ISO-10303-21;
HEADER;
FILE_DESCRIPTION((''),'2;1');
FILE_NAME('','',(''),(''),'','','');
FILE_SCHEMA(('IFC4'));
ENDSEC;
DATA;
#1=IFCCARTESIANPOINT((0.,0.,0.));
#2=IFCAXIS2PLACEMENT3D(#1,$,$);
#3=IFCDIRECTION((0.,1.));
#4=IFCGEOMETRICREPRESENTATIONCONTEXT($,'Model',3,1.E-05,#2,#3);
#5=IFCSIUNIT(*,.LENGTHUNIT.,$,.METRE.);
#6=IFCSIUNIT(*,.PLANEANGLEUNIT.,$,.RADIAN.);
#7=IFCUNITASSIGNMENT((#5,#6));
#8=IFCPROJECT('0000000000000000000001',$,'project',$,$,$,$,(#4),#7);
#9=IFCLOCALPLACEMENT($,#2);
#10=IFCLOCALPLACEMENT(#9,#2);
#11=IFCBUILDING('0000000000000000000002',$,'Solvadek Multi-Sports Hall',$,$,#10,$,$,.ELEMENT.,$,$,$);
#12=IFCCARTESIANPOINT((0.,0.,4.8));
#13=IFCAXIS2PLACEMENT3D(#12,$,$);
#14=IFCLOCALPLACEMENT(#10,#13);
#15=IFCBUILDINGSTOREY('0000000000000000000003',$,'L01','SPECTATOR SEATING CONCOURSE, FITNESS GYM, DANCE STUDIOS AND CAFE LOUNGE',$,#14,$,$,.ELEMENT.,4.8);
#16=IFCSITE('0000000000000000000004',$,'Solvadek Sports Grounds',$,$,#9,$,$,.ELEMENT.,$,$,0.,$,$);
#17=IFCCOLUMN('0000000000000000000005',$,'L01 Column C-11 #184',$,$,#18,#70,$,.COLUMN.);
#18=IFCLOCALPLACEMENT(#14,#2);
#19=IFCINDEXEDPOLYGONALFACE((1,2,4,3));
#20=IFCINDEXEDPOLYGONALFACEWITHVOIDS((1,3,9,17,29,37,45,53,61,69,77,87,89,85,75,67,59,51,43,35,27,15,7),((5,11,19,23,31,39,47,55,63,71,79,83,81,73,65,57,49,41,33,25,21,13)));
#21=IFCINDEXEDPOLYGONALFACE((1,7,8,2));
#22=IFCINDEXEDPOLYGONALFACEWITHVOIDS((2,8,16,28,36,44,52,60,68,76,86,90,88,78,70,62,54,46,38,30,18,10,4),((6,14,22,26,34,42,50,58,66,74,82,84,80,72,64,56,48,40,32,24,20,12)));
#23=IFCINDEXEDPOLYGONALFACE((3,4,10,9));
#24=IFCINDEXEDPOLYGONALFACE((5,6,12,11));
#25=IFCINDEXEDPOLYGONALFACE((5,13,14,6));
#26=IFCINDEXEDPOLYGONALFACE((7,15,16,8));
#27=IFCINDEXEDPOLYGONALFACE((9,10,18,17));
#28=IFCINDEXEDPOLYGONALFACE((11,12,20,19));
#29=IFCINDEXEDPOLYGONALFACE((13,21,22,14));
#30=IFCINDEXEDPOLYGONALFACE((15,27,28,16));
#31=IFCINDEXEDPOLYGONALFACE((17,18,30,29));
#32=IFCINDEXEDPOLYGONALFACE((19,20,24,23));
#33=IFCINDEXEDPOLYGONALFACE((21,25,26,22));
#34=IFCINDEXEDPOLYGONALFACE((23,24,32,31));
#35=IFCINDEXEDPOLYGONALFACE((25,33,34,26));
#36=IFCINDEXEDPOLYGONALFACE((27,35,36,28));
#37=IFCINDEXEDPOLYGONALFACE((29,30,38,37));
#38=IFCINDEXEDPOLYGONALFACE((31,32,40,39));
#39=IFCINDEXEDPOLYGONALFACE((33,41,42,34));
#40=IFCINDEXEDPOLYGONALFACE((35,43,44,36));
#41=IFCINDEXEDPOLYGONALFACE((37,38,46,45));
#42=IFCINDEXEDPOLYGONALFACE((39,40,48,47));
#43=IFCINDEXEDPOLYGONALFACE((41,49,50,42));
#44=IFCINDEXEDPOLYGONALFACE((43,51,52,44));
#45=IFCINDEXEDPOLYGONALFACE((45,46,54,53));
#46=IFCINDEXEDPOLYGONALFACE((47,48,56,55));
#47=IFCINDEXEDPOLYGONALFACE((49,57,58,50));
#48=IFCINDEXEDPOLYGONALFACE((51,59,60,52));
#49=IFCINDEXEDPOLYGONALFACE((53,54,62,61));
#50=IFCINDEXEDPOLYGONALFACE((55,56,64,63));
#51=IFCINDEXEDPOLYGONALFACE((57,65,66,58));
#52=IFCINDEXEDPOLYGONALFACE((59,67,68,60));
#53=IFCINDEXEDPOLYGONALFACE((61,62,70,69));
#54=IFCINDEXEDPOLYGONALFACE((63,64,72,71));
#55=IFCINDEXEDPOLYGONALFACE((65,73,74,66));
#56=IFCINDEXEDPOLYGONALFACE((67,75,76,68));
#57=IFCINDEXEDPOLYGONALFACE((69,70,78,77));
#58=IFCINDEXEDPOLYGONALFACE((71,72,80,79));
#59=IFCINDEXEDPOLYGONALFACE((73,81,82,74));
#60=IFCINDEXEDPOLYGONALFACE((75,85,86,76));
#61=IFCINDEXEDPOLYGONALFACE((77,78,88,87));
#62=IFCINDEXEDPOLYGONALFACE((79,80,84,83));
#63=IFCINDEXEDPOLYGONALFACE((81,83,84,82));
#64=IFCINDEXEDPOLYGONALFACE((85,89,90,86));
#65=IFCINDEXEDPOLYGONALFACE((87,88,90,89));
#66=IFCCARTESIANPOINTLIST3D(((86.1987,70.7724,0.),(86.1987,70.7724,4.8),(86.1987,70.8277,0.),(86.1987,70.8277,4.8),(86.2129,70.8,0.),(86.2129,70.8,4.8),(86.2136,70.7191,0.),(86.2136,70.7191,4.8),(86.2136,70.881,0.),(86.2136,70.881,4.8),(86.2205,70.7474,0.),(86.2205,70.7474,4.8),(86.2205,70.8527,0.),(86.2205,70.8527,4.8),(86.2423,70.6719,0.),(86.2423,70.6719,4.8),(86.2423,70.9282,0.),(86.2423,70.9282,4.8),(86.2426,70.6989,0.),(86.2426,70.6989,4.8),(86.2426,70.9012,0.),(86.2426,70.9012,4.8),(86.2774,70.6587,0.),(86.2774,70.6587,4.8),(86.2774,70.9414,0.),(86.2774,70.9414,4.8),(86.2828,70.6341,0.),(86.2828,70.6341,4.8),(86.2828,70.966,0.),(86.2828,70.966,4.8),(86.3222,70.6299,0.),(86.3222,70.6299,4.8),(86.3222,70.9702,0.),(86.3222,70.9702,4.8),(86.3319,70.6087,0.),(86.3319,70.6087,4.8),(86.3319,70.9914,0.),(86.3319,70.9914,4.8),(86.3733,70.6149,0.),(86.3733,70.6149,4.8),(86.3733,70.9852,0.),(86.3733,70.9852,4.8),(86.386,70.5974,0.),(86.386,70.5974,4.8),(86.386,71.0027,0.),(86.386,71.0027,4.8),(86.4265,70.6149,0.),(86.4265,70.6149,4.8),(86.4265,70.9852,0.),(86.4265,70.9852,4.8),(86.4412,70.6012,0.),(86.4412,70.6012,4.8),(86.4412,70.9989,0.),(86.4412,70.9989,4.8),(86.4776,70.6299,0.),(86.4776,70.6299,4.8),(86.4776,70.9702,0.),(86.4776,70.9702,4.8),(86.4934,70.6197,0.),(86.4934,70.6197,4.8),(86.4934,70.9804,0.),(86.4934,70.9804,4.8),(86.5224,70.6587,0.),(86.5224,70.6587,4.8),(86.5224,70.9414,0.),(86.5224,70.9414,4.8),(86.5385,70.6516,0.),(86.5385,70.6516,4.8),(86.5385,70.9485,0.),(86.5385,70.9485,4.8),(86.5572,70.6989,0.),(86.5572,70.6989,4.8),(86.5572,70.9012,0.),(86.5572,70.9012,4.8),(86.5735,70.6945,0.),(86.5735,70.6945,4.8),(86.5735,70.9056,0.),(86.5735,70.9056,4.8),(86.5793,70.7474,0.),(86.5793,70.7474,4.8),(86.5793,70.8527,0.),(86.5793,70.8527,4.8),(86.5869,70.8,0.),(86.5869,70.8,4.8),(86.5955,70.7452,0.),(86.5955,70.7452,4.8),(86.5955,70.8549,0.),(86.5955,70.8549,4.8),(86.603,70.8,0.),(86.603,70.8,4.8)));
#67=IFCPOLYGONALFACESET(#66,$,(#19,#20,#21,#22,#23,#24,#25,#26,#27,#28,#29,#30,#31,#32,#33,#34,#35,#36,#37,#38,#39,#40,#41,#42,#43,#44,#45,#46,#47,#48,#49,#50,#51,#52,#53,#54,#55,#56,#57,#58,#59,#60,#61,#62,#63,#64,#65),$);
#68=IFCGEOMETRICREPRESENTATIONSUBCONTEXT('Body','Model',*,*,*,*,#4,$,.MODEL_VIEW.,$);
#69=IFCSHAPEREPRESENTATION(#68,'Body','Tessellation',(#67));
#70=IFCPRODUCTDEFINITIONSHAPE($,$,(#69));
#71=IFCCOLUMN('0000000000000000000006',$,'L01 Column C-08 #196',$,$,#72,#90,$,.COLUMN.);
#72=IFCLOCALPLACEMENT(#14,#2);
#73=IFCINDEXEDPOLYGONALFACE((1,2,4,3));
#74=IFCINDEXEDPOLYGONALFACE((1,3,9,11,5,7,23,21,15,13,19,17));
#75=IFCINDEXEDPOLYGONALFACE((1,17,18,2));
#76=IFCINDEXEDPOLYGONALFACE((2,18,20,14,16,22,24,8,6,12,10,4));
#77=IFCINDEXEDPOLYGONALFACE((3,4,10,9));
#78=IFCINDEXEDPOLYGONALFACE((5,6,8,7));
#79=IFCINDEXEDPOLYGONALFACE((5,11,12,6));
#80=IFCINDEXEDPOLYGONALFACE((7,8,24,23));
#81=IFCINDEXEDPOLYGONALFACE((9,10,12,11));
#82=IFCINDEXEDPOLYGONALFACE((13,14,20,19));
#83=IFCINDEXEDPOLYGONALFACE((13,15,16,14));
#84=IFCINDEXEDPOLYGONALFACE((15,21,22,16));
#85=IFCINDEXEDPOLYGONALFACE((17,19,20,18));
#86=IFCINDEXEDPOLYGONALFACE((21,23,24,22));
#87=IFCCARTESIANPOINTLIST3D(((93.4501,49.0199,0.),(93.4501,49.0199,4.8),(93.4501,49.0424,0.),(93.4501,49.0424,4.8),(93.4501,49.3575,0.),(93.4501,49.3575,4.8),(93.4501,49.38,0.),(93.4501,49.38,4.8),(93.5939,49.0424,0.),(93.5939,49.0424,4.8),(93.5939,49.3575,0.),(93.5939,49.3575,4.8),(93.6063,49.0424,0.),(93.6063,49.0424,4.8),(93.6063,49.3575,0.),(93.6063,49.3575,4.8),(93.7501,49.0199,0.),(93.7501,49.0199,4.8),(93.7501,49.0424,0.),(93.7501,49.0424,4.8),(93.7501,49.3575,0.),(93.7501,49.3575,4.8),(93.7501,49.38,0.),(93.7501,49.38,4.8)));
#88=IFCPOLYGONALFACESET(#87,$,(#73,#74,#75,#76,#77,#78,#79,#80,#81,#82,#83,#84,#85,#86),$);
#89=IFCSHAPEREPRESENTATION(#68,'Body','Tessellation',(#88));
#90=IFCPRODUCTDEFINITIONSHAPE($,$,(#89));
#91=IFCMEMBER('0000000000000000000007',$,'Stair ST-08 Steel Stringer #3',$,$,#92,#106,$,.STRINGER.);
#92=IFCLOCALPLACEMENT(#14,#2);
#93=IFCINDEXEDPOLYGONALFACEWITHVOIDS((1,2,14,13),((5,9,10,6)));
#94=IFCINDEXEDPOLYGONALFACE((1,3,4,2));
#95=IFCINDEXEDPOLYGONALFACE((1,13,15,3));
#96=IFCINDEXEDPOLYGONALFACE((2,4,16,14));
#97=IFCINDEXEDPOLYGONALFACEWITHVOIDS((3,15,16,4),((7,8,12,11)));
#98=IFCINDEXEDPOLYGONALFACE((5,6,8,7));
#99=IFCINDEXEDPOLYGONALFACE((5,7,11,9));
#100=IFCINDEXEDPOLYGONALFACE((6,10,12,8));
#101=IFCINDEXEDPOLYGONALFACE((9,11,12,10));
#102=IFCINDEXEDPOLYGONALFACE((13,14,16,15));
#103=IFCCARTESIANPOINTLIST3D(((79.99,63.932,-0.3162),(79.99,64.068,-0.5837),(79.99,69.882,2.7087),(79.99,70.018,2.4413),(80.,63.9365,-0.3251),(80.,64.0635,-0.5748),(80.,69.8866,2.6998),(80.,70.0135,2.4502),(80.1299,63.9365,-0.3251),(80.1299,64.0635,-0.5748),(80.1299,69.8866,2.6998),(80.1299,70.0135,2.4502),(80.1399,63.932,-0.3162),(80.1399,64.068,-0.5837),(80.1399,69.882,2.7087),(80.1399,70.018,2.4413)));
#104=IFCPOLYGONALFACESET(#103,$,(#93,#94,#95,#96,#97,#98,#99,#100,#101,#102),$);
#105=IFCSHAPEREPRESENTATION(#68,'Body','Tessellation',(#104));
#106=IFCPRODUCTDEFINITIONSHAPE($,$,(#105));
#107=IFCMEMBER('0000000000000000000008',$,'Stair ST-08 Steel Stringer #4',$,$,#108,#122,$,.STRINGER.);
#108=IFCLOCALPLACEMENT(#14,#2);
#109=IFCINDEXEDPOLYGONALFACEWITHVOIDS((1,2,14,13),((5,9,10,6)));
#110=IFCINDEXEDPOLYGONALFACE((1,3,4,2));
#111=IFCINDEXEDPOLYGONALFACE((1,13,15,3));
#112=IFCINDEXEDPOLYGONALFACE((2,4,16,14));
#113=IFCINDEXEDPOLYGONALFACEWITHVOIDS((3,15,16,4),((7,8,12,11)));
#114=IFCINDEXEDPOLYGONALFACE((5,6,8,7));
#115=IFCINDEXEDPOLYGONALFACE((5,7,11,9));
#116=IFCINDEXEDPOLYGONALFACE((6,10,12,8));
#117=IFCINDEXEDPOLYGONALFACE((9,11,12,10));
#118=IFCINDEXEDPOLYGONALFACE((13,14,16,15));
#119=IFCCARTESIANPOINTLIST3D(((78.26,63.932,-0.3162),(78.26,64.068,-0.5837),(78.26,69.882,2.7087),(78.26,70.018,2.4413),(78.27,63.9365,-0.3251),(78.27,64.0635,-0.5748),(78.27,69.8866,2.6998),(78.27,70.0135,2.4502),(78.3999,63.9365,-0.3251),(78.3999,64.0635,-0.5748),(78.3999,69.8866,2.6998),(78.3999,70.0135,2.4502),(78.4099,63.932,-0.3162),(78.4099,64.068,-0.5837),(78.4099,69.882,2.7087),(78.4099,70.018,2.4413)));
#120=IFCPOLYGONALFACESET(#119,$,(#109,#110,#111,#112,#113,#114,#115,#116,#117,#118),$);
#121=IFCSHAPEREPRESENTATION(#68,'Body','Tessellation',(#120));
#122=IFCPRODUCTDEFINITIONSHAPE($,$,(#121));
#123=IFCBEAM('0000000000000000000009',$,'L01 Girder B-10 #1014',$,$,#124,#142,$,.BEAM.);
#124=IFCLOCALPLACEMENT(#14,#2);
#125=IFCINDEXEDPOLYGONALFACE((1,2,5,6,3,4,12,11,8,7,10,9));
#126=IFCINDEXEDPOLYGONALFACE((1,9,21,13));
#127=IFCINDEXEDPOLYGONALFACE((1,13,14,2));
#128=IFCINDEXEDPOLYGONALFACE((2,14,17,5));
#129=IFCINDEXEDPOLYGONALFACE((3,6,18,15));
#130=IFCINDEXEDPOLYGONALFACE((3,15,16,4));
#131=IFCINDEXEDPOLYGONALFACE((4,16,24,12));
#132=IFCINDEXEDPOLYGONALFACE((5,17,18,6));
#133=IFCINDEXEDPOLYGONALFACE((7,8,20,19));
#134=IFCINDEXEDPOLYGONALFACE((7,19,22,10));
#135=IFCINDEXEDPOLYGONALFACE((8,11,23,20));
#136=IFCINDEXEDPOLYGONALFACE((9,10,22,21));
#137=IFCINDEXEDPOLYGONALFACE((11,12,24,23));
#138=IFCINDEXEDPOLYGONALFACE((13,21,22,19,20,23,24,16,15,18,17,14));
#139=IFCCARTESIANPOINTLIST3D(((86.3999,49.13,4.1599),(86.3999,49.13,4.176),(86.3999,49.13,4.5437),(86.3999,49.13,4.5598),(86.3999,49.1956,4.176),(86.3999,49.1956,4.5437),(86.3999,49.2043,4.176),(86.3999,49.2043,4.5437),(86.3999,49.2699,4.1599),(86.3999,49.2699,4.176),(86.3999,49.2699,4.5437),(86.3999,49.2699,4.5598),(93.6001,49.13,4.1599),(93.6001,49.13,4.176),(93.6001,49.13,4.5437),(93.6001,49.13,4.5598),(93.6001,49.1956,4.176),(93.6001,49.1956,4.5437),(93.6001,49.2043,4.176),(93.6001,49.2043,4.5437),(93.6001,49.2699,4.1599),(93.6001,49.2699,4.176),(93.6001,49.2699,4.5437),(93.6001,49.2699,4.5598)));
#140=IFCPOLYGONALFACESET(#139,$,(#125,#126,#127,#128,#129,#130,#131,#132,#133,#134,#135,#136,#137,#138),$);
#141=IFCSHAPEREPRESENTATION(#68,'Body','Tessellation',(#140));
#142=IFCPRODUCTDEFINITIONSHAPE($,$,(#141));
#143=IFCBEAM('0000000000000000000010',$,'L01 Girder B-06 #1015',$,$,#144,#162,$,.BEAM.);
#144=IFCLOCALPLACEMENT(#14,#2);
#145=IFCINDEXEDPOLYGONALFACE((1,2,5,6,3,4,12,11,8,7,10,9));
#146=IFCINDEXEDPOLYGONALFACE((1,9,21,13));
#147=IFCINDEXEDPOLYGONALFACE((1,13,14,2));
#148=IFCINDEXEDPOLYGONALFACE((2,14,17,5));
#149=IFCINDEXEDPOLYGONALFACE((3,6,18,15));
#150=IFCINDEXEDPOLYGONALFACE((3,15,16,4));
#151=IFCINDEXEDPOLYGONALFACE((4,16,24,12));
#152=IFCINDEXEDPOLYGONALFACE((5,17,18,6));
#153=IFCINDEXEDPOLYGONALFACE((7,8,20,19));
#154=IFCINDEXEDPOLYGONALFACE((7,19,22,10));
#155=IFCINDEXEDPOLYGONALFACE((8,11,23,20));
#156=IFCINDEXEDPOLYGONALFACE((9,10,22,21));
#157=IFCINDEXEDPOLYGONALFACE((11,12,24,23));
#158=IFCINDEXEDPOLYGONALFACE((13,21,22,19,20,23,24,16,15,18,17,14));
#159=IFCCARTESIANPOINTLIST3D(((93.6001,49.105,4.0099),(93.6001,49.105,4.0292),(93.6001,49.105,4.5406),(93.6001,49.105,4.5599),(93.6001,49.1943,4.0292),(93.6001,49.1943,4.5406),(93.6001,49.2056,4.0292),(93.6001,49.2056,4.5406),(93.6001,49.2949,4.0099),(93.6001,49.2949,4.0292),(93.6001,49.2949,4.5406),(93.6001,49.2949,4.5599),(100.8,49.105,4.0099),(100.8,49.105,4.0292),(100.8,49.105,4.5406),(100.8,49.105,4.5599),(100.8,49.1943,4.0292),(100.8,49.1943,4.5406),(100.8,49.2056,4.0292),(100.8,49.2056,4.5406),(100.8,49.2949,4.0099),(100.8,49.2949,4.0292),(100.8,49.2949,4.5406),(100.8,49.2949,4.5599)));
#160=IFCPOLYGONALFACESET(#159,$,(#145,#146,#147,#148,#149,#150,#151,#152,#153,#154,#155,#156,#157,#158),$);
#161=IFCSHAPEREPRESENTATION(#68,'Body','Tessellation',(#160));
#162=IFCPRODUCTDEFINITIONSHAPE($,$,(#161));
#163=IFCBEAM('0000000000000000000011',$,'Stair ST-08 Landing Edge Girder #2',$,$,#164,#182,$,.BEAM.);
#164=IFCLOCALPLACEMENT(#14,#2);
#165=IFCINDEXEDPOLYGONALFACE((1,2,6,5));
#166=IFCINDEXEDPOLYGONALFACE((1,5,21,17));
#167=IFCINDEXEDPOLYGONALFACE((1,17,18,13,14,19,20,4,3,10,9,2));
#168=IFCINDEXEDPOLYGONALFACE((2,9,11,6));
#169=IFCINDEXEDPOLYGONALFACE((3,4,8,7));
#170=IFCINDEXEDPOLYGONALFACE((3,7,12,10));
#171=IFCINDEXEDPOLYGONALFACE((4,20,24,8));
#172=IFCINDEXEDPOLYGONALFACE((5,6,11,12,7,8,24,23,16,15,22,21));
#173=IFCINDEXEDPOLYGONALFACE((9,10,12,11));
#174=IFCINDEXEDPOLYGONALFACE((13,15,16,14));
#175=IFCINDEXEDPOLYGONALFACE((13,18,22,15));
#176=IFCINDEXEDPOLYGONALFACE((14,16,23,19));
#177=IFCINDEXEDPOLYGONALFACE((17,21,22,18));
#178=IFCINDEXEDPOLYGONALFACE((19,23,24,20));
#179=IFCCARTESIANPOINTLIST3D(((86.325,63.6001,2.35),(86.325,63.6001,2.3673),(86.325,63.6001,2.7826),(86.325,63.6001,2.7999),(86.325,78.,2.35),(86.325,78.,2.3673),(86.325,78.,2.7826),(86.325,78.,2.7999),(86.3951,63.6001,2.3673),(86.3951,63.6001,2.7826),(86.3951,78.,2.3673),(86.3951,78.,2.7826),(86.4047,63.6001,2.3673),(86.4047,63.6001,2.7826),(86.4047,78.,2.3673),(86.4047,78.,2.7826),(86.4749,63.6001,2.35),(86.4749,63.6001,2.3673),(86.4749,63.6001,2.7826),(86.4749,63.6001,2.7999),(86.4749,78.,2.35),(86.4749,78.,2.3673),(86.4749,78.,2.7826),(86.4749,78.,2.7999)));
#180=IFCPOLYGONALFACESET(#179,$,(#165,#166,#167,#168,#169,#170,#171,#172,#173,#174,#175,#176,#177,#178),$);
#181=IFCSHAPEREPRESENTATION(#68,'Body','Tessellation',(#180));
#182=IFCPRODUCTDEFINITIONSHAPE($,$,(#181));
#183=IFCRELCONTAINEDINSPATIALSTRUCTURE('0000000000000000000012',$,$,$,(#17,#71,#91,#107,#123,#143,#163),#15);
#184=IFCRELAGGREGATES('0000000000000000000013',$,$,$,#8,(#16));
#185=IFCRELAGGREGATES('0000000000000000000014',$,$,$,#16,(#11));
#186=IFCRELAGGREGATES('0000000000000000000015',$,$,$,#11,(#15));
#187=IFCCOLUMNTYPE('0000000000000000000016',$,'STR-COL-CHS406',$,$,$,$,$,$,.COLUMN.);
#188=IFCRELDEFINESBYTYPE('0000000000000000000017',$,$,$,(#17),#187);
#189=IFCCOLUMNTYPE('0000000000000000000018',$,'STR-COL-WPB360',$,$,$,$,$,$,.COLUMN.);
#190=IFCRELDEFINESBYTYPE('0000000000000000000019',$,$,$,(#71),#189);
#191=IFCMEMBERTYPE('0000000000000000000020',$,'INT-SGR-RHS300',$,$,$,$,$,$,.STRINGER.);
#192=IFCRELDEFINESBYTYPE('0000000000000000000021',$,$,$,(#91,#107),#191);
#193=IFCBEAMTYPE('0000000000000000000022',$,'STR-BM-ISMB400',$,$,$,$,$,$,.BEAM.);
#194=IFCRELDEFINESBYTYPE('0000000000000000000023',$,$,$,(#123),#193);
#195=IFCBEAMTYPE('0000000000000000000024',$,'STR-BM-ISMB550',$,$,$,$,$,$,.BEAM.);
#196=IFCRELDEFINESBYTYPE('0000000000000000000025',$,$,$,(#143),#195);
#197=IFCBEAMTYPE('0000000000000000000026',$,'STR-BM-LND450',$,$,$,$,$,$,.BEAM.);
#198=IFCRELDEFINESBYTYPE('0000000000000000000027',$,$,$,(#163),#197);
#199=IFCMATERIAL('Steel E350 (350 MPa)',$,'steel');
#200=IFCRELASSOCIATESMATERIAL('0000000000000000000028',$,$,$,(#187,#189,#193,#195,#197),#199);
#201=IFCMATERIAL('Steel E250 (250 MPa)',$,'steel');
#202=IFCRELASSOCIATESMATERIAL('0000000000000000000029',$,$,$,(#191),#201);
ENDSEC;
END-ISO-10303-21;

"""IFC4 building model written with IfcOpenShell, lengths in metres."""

from ifc_helpers import new_model, si_unit, direction, frame, origin, origin_2d, place, context, subcontext, project, spatial, hollow_rectangle, hollow_circle, i_section, extrude, material, material_profile, profile_set, type_object, element, save


model = new_model("IFC4")

# Units and contexts
model_context = context("Model", 3, precision=1e-05, world=origin(), true_north=direction((0.0, 1.0)))
body_context = subcontext(model_context, "Body", "Model", "MODEL_VIEW")
ifc_project = project(units=[si_unit("LENGTHUNIT", "METRE"), si_unit("PLANEANGLEUNIT", "RADIAN")], contexts=[model_context])

# Site, building, storey
site_placement = place(None, origin())
site = spatial("IfcSite", under=ifc_project, at=site_placement, Name="Solvadek Sports Grounds", CompositionType="ELEMENT", RefElevation=0.0)
building_placement = place(site_placement, origin())
building = spatial("IfcBuilding", under=site, at=building_placement, Name="Solvadek Multi-Sports Hall", CompositionType="ELEMENT")
storey_placement = place(building_placement, frame((0.0, 0.0, 4.8)))
storey = spatial("IfcBuildingStorey", under=building, at=storey_placement, Name="L01", Description="SPECTATOR SEATING CONCOURSE, FITNESS GYM, DANCE STUDIOS AND CAFE LOUNGE", CompositionType="ELEMENT", Elevation=4.8)

# Columns
ifc_material_1 = material(Name="Steel E350 (350 MPa)", Category="steel")
ifc_material_profile_1 = material_profile(ifc_material_1, hollow_circle(Radius=0.2031, WallThickness=0.0161, at=origin_2d()), Name="CHS 406.4x16")
ifc_profile_set_1 = profile_set([ifc_material_profile_1], Name="Steel E350 (350 MPa)")
column_type_1 = type_object("IfcColumnType", Name="STR-COL-CHS406", PredefinedType="COLUMN", material=ifc_profile_set_1)
for number, where, z_axis, x_axis, name in (
    (1, (86.3999, 70.8, 0.0), (0.0, 0.0, 1.0), (1.0, 0.0, 0.0), "L01 Column C-11 #184"),
):
    element("IfcColumn", number, at=place(storey_placement, frame(where, z_axis=z_axis, x_axis=x_axis)), inside=storey, type_object=column_type_1, Name=name, PredefinedType="COLUMN", context=body_context, shape_type="SweptSolid", body=[
        extrude(hollow_circle(Radius=0.2031, WallThickness=0.0161, at=origin_2d()), origin(), (0.0, 0.0, 1.0), 4.8),
    ])
ifc_material_profile_2 = material_profile(ifc_material_1, i_section(OverallWidth=0.3, OverallDepth=0.3601, WebThickness=0.0125, FlangeThickness=0.0225, at=origin_2d()), Name="WPB 360")
ifc_profile_set_2 = profile_set([ifc_material_profile_2], Name="Steel E350 (350 MPa)")
column_type_2 = type_object("IfcColumnType", Name="STR-COL-WPB360", PredefinedType="COLUMN", material=ifc_profile_set_2)
column_placement = place(storey_placement, frame((93.6001, 49.2, 0.0), z_axis=(0.0, 0.0, 1.0), x_axis=(1.0, 0.0, 0.0)))
element("IfcColumn", 2, at=column_placement, inside=storey, type_object=column_type_2, Name="L01 Column C-08 #196", PredefinedType="COLUMN", context=body_context, shape_type="SweptSolid", body=[
    extrude(i_section(OverallWidth=0.3, OverallDepth=0.3601, WebThickness=0.0125, FlangeThickness=0.0225, at=origin_2d()), origin(), (0.0, 0.0, 1.0), 4.8),
])

# Members
ifc_material_2 = material(Name="Steel E250 (250 MPa)", Category="steel")
ifc_material_profile_3 = material_profile(ifc_material_2, hollow_rectangle(XDim=0.1499, YDim=0.3, WallThickness=0.01, at=origin_2d()), Name="RHS 300x150x10")
ifc_profile_set_3 = profile_set([ifc_material_profile_3], Name="Steel E250 (250 MPa)")
member_type = type_object("IfcMemberType", Name="INT-SGR-RHS300", PredefinedType="STRINGER", material=ifc_profile_set_3)
for number, where, z_axis, x_axis, name in (
    (3, (80.0649, 64.0, -0.45), (0.0, 0.891415, 0.453188), (-1.0, 0.0, 0.0), "Stair ST-08 Steel Stringer #3"),
    (4, (78.335, 64.0, -0.45), (0.0, 0.891415, 0.453188), (-1.0, 0.0, 0.0), "Stair ST-08 Steel Stringer #4"),
):
    element("IfcMember", number, at=place(storey_placement, frame(where, z_axis=z_axis, x_axis=x_axis)), inside=storey, type_object=member_type, Name=name, PredefinedType="STRINGER", context=body_context, shape_type="SweptSolid", body=[
        extrude(hollow_rectangle(XDim=0.1499, YDim=0.3, WallThickness=0.01, at=origin_2d()), origin(), (0.0, 0.0, 1.0), 6.6748),
    ])

# Beams
ifc_material_profile_4 = material_profile(ifc_material_1, i_section(OverallWidth=0.1399, OverallDepth=0.3999, WebThickness=0.0088, FlangeThickness=0.0161, at=origin_2d()), Name="ISMB 400")
ifc_profile_set_4 = profile_set([ifc_material_profile_4], Name="Steel E350 (350 MPa)")
beam_type_1 = type_object("IfcBeamType", Name="STR-BM-ISMB400", PredefinedType="BEAM", material=ifc_profile_set_4)
beam_1_placement = place(storey_placement, frame((86.3999, 49.2, 4.3599), z_axis=(1.0, 0.0, 0.0), x_axis=(0.0, 1.0, 0.0)))
element("IfcBeam", 5, at=beam_1_placement, inside=storey, type_object=beam_type_1, Name="L01 Girder B-10 #1014", PredefinedType="BEAM", context=body_context, shape_type="SweptSolid", body=[
    extrude(i_section(OverallWidth=0.1399, OverallDepth=0.3999, WebThickness=0.0088, FlangeThickness=0.0161, at=origin_2d()), origin(), (0.0, 0.0, 1.0), 7.2002),
])
ifc_material_profile_5 = material_profile(ifc_material_1, i_section(OverallWidth=0.1899, OverallDepth=0.55, WebThickness=0.0112, FlangeThickness=0.0193, at=origin_2d()), Name="ISMB 550")
ifc_profile_set_5 = profile_set([ifc_material_profile_5], Name="Steel E350 (350 MPa)")
beam_type_2 = type_object("IfcBeamType", Name="STR-BM-ISMB550", PredefinedType="BEAM", material=ifc_profile_set_5)
beam_2_placement = place(storey_placement, frame((93.6001, 49.2, 4.2849), z_axis=(1.0, 0.0, 0.0), x_axis=(0.0, 1.0, 0.0)))
element("IfcBeam", 6, at=beam_2_placement, inside=storey, type_object=beam_type_2, Name="L01 Girder B-06 #1015", PredefinedType="BEAM", context=body_context, shape_type="SweptSolid", body=[
    extrude(i_section(OverallWidth=0.1899, OverallDepth=0.55, WebThickness=0.0112, FlangeThickness=0.0193, at=origin_2d()), origin(), (0.0, 0.0, 1.0), 7.2),
])
ifc_material_profile_6 = material_profile(ifc_material_1, i_section(OverallWidth=0.1499, OverallDepth=0.45, WebThickness=0.0095, FlangeThickness=0.0173, at=origin_2d()), Name="ISMB 450")
ifc_profile_set_6 = profile_set([ifc_material_profile_6], Name="Steel E350 (350 MPa)")
beam_type_3 = type_object("IfcBeamType", Name="STR-BM-LND450", PredefinedType="BEAM", material=ifc_profile_set_6)
beam_3_placement = place(storey_placement, frame((86.3999, 63.6001, 2.575), z_axis=(0.0, 1.0, 0.0), x_axis=(-1.0, 0.0, 0.0)))
element("IfcBeam", 7, at=beam_3_placement, inside=storey, type_object=beam_type_3, Name="Stair ST-08 Landing Edge Girder #2", PredefinedType="BEAM", context=body_context, shape_type="SweptSolid", body=[
    extrude(i_section(OverallWidth=0.1499, OverallDepth=0.45, WebThickness=0.0095, FlangeThickness=0.0173, at=origin_2d()), origin(), (0.0, 0.0, 1.0), 14.3999),
])

save(model, "model.ifc")
